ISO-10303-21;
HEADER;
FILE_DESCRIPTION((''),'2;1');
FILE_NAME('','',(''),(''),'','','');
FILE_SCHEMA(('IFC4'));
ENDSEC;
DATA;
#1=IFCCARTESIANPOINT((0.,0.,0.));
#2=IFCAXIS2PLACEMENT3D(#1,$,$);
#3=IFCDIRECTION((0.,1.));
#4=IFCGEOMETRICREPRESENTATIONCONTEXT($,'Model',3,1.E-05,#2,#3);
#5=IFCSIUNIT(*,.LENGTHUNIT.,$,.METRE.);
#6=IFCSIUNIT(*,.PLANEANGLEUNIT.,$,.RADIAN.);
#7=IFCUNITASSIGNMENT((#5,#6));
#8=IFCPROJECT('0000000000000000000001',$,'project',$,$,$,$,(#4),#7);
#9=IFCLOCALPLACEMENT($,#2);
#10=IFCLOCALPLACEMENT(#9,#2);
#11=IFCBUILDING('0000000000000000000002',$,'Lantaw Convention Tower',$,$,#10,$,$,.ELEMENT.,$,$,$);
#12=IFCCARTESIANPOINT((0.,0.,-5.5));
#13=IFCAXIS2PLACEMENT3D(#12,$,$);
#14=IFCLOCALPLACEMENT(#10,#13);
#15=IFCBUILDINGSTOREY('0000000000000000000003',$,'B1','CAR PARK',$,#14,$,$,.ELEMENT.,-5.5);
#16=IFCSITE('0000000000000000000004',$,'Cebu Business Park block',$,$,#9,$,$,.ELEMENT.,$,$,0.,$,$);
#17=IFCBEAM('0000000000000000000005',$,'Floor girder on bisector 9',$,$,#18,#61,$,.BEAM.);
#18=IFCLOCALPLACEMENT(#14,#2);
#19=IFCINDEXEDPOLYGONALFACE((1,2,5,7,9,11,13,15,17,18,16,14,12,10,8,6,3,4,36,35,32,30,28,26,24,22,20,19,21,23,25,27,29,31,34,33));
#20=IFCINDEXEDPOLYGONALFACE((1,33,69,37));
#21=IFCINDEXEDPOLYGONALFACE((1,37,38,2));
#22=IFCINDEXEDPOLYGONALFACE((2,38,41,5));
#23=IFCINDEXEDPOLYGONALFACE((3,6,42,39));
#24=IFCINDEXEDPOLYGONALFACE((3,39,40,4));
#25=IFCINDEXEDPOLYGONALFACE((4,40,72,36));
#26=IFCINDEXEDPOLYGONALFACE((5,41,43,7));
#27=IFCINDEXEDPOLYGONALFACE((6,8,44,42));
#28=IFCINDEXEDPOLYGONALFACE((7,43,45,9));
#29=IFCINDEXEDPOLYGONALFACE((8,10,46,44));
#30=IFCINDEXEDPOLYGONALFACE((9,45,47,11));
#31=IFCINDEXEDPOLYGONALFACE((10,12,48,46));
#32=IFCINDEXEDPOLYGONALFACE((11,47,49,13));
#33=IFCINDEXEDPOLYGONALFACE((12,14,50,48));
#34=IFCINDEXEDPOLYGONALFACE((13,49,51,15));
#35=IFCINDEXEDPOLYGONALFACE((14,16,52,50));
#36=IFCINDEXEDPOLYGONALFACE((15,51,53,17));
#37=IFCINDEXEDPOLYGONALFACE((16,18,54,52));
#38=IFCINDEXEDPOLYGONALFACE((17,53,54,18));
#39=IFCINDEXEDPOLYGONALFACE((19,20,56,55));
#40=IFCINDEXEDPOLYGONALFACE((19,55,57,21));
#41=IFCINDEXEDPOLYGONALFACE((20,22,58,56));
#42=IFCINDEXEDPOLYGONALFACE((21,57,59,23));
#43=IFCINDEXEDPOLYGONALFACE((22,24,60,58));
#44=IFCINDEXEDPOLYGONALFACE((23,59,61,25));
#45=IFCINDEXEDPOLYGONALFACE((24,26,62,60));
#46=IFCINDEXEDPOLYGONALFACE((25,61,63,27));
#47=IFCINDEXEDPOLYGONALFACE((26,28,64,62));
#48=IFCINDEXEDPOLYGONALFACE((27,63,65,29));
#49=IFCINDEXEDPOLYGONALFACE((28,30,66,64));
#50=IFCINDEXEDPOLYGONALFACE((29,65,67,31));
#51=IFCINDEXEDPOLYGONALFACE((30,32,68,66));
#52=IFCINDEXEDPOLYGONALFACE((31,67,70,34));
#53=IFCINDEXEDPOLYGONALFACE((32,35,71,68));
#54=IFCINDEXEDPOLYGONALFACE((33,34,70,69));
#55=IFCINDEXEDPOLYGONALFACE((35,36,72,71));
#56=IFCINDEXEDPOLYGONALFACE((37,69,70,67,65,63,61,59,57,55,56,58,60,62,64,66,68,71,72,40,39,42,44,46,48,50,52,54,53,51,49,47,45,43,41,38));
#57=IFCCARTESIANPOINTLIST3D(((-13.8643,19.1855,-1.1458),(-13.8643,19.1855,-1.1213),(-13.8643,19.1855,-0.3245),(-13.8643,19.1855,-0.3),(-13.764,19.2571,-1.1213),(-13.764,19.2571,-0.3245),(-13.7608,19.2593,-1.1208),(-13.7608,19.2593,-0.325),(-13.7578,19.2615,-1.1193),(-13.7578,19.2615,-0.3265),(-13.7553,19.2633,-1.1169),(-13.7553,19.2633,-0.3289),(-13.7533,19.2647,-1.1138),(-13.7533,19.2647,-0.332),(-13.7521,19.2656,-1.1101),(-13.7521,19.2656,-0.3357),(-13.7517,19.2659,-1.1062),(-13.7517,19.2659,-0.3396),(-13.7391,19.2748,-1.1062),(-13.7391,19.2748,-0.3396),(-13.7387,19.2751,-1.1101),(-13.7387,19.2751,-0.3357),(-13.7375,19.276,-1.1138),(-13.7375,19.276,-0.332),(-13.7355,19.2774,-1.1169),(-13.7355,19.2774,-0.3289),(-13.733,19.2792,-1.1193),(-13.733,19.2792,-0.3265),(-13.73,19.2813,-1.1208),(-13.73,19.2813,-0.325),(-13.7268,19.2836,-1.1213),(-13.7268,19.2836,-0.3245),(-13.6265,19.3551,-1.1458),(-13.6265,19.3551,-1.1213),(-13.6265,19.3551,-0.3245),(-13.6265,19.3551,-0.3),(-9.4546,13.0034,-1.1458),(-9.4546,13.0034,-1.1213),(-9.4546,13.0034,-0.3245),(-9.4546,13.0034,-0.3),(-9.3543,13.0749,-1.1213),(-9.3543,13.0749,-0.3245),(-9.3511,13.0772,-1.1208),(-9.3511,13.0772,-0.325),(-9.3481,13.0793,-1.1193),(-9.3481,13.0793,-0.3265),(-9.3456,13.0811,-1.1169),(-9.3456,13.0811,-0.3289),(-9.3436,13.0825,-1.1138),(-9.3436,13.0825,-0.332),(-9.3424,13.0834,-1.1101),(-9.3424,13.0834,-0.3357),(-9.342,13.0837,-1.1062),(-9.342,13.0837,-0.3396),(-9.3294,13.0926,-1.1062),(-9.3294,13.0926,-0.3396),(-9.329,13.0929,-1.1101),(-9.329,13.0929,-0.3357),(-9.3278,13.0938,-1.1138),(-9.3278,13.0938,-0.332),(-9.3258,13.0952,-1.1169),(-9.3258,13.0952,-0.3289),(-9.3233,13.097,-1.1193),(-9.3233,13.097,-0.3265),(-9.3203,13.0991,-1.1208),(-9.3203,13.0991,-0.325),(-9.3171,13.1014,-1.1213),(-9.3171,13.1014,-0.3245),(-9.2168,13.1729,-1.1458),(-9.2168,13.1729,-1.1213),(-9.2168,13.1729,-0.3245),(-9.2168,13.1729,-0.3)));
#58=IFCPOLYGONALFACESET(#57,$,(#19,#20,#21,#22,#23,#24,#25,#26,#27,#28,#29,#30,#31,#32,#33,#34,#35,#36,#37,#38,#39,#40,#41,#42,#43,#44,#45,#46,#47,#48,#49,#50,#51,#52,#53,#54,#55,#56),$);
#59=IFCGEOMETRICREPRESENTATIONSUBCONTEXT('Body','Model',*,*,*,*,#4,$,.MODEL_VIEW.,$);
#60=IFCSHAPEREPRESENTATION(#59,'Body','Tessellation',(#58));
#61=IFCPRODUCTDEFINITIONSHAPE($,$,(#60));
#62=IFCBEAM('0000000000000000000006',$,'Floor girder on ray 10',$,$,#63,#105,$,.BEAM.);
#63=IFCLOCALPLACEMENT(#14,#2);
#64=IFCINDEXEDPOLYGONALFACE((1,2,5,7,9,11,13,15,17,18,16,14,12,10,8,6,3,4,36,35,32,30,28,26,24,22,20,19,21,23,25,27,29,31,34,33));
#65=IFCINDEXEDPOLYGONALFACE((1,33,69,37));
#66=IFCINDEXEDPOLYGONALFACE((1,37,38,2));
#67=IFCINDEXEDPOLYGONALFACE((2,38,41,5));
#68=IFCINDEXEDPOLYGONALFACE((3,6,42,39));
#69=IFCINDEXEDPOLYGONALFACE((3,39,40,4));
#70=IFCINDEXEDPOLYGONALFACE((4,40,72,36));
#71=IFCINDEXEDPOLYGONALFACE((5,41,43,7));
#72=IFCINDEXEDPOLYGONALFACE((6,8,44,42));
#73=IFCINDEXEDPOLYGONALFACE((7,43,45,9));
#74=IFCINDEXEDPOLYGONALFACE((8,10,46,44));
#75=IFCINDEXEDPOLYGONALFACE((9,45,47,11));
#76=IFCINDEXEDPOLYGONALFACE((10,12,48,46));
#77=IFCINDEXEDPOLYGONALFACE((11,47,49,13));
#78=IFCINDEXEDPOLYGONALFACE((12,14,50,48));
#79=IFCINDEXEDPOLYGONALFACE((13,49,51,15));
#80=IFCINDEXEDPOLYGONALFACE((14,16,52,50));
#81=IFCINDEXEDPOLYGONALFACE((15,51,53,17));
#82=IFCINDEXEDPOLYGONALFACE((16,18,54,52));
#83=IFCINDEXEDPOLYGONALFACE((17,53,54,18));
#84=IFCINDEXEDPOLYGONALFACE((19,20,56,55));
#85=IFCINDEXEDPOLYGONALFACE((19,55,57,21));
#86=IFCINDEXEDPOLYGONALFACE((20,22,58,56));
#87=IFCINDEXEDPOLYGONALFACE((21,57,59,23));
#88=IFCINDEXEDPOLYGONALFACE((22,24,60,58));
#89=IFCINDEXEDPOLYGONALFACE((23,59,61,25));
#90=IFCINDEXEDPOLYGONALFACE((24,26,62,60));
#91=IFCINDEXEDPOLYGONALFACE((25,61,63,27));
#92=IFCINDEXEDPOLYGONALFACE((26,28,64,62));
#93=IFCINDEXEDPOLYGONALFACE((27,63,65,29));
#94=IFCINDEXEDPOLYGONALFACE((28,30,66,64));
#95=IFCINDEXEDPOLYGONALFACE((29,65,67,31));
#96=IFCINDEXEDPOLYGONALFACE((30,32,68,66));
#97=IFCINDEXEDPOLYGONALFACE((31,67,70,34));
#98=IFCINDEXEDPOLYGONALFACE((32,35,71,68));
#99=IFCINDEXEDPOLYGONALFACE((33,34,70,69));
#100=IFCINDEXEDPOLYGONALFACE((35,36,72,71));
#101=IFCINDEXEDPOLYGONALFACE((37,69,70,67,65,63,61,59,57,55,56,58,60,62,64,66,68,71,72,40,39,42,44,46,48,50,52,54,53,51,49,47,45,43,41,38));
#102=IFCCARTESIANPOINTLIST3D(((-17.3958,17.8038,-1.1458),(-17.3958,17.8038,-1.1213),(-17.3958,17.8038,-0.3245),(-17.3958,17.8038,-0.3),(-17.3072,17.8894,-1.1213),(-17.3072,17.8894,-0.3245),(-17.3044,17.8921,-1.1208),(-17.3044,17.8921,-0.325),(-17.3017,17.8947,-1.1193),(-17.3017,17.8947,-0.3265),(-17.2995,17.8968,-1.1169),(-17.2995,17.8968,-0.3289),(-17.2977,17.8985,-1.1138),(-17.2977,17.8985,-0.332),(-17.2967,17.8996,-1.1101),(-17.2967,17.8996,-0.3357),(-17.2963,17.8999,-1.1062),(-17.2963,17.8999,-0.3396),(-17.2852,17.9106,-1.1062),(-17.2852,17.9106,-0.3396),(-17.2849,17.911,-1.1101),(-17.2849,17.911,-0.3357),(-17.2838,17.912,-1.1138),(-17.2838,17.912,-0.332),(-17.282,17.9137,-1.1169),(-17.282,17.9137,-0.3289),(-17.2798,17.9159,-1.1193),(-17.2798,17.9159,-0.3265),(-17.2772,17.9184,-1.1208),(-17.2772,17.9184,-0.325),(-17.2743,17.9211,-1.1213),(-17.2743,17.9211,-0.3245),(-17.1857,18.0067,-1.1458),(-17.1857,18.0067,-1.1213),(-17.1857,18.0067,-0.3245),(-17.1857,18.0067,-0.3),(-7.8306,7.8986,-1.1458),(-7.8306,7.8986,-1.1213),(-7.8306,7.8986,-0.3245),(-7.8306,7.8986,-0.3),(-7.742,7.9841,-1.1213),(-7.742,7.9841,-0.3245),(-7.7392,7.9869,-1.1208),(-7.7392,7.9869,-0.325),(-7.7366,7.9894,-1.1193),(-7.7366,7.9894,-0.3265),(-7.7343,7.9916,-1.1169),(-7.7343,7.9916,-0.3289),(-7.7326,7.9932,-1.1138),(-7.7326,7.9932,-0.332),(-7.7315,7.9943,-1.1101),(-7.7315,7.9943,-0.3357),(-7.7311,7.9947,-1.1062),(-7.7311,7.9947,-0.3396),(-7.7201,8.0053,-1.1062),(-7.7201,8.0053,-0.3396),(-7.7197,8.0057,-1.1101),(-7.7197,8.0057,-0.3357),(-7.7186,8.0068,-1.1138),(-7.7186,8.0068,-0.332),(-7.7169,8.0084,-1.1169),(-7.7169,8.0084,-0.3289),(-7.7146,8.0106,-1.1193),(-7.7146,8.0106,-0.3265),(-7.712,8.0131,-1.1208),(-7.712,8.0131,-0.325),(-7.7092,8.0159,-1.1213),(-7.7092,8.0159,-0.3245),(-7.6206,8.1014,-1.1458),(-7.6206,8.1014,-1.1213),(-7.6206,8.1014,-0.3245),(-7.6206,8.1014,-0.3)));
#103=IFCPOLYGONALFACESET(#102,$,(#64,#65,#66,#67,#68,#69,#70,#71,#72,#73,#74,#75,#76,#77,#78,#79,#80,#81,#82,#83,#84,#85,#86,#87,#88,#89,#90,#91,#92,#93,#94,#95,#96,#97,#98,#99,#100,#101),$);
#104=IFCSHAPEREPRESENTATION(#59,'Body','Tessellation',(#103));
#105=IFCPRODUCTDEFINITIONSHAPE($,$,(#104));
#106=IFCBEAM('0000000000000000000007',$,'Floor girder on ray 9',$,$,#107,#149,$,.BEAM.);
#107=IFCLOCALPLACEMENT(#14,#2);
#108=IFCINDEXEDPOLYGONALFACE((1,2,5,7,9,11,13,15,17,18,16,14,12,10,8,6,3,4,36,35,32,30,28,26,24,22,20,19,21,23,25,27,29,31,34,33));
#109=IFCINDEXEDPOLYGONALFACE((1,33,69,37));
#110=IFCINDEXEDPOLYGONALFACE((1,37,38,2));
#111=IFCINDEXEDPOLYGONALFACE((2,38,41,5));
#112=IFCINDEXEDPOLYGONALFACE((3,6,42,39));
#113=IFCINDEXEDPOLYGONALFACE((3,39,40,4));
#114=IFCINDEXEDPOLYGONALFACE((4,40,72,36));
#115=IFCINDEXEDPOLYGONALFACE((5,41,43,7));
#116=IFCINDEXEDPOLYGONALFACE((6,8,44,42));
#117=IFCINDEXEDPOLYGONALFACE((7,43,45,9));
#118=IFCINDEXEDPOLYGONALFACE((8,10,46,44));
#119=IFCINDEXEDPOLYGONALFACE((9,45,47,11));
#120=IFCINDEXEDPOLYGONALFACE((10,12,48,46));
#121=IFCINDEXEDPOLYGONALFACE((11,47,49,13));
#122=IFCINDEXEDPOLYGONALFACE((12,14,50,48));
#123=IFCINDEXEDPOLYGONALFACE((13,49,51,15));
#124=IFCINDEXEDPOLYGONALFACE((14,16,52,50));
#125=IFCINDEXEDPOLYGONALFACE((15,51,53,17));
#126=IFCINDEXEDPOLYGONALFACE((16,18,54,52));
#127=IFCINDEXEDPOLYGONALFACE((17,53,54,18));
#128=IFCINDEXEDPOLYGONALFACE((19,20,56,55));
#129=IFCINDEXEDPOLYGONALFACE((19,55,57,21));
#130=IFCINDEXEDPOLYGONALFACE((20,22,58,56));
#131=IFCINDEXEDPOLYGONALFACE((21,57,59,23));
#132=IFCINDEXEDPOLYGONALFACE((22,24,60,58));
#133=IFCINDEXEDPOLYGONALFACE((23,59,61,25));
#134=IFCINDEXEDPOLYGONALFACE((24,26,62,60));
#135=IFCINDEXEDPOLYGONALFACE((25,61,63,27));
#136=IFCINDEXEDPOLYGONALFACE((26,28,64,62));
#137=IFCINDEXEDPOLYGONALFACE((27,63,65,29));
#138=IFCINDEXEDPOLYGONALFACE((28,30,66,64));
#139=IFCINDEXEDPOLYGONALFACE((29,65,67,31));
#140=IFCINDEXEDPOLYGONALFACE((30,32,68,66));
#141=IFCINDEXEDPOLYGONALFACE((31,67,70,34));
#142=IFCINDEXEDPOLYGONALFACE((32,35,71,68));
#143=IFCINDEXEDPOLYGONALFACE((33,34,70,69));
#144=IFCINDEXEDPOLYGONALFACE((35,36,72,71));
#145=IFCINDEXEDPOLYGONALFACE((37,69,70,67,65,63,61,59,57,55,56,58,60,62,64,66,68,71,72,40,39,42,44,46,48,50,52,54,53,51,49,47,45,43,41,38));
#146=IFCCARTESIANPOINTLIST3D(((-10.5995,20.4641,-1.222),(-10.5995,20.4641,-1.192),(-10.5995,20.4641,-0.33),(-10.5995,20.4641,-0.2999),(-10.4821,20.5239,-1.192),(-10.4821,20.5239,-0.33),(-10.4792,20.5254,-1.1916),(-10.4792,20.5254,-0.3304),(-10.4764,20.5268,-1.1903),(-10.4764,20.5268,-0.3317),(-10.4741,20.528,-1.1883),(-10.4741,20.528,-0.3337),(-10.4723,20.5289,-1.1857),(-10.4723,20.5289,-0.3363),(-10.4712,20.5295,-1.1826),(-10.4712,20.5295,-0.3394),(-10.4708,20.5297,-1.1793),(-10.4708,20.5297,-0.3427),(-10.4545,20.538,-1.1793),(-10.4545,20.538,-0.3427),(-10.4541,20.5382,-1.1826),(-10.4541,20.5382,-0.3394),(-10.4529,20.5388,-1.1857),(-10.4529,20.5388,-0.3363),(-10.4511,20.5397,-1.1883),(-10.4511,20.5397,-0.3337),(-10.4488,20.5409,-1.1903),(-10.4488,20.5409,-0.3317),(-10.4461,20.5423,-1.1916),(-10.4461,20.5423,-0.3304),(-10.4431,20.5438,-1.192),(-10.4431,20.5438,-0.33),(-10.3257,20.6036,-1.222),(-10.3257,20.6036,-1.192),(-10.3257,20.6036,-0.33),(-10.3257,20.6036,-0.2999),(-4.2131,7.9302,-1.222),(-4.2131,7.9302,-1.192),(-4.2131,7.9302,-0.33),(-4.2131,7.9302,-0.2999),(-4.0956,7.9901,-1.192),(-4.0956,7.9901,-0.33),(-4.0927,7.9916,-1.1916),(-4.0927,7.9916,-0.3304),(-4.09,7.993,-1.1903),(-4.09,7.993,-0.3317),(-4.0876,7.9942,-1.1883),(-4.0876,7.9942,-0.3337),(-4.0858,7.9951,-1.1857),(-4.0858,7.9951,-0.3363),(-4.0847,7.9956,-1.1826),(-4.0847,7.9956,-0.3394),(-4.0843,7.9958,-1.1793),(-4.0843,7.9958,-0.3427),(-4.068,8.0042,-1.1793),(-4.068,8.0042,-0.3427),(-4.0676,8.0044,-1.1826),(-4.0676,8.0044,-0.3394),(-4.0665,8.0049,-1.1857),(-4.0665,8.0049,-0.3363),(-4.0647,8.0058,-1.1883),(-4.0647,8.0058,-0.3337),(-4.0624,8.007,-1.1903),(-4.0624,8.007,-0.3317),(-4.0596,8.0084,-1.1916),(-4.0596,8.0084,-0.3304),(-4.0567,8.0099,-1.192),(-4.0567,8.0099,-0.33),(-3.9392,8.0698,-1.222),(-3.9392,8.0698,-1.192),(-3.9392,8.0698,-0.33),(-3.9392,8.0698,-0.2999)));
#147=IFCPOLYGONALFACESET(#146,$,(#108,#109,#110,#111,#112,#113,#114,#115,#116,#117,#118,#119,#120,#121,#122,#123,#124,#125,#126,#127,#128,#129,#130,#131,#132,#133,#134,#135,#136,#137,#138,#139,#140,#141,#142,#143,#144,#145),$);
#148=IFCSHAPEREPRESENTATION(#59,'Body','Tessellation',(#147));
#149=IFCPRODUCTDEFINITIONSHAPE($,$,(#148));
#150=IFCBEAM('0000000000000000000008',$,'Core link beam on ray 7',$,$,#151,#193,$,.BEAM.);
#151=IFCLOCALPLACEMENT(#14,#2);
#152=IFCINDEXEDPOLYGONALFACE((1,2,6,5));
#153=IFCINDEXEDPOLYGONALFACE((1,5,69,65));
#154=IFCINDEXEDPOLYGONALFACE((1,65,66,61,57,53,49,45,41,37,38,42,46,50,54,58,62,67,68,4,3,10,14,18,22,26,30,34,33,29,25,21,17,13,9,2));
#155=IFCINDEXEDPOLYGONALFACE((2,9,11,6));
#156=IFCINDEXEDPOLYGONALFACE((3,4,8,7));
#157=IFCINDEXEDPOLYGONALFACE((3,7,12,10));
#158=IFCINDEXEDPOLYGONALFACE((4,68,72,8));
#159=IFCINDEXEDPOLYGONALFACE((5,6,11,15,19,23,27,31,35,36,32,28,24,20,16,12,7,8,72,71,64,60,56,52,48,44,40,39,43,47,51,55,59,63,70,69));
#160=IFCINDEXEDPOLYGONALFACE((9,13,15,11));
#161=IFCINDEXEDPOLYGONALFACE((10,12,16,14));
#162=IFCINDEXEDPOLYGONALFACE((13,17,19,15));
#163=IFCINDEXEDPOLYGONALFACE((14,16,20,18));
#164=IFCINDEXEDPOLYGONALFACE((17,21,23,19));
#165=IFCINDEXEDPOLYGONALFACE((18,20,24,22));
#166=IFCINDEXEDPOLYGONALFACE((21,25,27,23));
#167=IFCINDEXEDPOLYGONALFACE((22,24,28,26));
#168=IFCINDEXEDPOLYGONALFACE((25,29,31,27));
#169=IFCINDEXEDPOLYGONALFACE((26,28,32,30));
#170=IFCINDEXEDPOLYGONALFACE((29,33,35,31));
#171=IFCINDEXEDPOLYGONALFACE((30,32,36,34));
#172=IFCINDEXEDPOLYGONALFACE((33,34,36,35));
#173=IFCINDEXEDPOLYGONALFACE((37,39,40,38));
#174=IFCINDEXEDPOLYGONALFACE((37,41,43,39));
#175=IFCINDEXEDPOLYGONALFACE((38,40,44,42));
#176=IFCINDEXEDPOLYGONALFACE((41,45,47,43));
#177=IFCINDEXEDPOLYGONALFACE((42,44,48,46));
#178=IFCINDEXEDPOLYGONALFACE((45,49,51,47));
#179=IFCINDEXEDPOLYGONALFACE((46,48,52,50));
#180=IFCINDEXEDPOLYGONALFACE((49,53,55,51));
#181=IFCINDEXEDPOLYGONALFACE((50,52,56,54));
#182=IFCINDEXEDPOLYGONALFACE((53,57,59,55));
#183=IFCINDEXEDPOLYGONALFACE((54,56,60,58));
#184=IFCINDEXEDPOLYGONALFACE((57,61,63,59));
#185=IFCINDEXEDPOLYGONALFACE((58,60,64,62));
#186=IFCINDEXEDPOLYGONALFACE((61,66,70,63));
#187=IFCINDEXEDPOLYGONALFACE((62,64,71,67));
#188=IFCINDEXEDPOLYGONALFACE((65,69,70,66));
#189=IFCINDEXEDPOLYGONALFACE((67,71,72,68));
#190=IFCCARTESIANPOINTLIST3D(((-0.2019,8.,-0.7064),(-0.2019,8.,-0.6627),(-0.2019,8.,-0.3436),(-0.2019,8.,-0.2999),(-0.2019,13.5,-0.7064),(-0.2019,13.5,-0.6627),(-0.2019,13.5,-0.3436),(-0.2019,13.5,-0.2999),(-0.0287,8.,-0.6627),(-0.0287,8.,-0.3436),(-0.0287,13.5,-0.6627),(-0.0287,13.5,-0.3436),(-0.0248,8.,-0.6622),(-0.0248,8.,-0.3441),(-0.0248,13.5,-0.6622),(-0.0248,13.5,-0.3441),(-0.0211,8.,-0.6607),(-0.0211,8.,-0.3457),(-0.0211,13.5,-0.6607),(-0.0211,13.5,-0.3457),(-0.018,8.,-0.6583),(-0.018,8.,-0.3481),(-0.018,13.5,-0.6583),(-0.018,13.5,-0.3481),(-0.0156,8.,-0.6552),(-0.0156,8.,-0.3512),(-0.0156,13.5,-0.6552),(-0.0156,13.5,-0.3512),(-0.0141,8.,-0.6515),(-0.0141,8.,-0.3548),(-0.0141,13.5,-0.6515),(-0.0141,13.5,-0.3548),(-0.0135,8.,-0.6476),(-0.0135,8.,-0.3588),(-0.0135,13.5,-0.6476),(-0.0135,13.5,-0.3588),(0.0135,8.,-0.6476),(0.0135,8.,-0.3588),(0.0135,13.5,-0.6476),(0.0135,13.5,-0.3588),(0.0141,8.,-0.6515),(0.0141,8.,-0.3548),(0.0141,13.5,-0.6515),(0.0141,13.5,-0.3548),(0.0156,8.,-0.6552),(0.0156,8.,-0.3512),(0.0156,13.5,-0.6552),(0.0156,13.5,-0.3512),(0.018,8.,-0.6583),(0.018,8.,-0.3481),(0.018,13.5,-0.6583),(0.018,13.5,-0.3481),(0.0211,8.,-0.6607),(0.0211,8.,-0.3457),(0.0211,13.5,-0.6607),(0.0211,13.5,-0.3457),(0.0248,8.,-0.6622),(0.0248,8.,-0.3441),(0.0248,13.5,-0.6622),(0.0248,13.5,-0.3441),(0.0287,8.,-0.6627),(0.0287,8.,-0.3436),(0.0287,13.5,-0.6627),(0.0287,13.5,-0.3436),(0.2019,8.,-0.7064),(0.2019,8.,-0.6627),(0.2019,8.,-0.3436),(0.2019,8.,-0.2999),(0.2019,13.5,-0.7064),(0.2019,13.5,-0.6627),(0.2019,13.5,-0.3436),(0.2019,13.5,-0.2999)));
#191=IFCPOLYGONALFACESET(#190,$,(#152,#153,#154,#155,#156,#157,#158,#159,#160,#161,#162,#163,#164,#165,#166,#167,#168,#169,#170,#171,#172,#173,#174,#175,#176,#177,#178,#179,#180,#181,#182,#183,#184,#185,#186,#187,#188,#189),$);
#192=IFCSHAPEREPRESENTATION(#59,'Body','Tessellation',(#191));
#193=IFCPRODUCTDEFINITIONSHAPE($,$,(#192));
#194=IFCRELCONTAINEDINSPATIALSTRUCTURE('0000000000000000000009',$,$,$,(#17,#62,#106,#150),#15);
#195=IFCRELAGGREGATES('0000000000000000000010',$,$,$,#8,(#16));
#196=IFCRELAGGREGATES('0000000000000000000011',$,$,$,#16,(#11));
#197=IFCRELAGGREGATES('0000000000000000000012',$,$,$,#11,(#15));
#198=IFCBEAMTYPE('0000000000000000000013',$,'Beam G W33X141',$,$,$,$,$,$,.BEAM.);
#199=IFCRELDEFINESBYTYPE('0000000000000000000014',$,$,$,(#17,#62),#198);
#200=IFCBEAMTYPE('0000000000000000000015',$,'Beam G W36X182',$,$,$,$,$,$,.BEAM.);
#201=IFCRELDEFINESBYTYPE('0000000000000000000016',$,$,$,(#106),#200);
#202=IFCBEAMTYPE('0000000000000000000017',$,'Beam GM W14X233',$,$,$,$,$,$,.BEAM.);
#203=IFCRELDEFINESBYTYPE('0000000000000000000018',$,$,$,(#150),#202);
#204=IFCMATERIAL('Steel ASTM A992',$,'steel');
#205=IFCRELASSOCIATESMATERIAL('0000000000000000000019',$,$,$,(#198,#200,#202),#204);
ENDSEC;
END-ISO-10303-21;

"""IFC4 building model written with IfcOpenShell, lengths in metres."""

from ifc_helpers import new_model, si_unit, direction, frame, origin, origin_2d, place, context, subcontext, project, spatial, i_section, extrude, material, material_profile, profile_set, type_object, element, save


model = new_model("IFC4")

# Units and contexts
model_context = context("Model", 3, precision=1e-05, world=origin(), true_north=direction((0.0, 1.0)))
body_context = subcontext(model_context, "Body", "Model", "MODEL_VIEW")
ifc_project = project(units=[si_unit("LENGTHUNIT", "METRE"), si_unit("PLANEANGLEUNIT", "RADIAN")], contexts=[model_context])

# Site, building, storey
site_placement = place(None, origin())
site = spatial("IfcSite", under=ifc_project, at=site_placement, Name="Cebu Business Park block", CompositionType="ELEMENT", RefElevation=0.0)
building_placement = place(site_placement, origin())
building = spatial("IfcBuilding", under=site, at=building_placement, Name="Lantaw Convention Tower", CompositionType="ELEMENT")
storey_placement = place(building_placement, frame((0.0, 0.0, -5.5)))
storey = spatial("IfcBuildingStorey", under=building, at=storey_placement, Name="B1", Description="CAR PARK", CompositionType="ELEMENT", Elevation=-5.5)

# Beams
ifc_material_1 = material(Name="Steel ASTM A992", Category="steel")
ifc_material_profile_1 = material_profile(ifc_material_1, i_section(OverallWidth=0.292, OverallDepth=0.8457, WebThickness=0.0154, FlangeThickness=0.0244, FilletRadius=0.0151, at=origin_2d()), Name="W33X141")
ifc_profile_set_1 = profile_set([ifc_material_profile_1], Name="Steel ASTM A992")
beam_type_1 = type_object("IfcBeamType", Name="Beam G W33X141", PredefinedType="BEAM", material=ifc_profile_set_1)
beam_1_placement = place(storey_placement, frame((-9.3357, 13.0881, -0.7229), z_axis=(-0.580703, 0.814116, 0.0), x_axis=(-0.814116, -0.580703, 0.0)))
element("IfcBeam", 1, at=beam_1_placement, inside=storey, type_object=beam_type_1, Name="Floor girder on bisector 9", PredefinedType="BEAM", context=body_context, shape_type="SweptSolid", body=[
    extrude(i_section(OverallWidth=0.292, OverallDepth=0.8457, WebThickness=0.0154, FlangeThickness=0.0244, FilletRadius=0.0151, at=origin_2d()), origin(), (0.0, 0.0, 1.0), 7.5938),
])
beam_2_placement = place(storey_placement, frame((-7.7256, 8.0, -0.7229), z_axis=(-0.69465, 0.719348, 0.0), x_axis=(-0.719348, -0.69465, 0.0)))
element("IfcBeam", 2, at=beam_2_placement, inside=storey, type_object=beam_type_1, Name="Floor girder on ray 10", PredefinedType="BEAM", context=body_context, shape_type="SweptSolid", body=[
    extrude(i_section(OverallWidth=0.292, OverallDepth=0.8457, WebThickness=0.0154, FlangeThickness=0.0244, FilletRadius=0.0151, at=origin_2d()), origin(), (0.0, 0.0, 1.0), 13.7698),
])
ifc_material_profile_2 = material_profile(ifc_material_1, i_section(OverallWidth=0.3074, OverallDepth=0.9221, WebThickness=0.0183, FlangeThickness=0.03, FilletRadius=0.0127, at=origin_2d()), Name="W36X182")
ifc_profile_set_2 = profile_set([ifc_material_profile_2], Name="Steel ASTM A992")
beam_type_2 = type_object("IfcBeamType", Name="Beam G W36X182", PredefinedType="BEAM", material=ifc_profile_set_2)
beam_3_placement = place(storey_placement, frame((-4.0762, 8.0, -0.761), z_axis=(-0.453997, 0.891003, 0.0), x_axis=(-0.891003, -0.453997, 0.0)))
element("IfcBeam", 3, at=beam_3_placement, inside=storey, type_object=beam_type_2, Name="Floor girder on ray 9", PredefinedType="BEAM", context=body_context, shape_type="SweptSolid", body=[
    extrude(i_section(OverallWidth=0.3074, OverallDepth=0.9221, WebThickness=0.0183, FlangeThickness=0.03, FilletRadius=0.0127, at=origin_2d()), origin(), (0.0, 0.0, 1.0), 14.0671),
])
ifc_material_profile_3 = material_profile(ifc_material_1, i_section(OverallWidth=0.4038, OverallDepth=0.4065, WebThickness=0.0271, FlangeThickness=0.0437, FilletRadius=0.0151, at=origin_2d()), Name="W14X233")
ifc_profile_set_3 = profile_set([ifc_material_profile_3], Name="Steel ASTM A992")
beam_type_3 = type_object("IfcBeamType", Name="Beam GM W14X233", PredefinedType="BEAM", material=ifc_profile_set_3)
beam_4_placement = place(storey_placement, frame((0.0, 8.0, -0.5032), z_axis=(0.0, 1.0, 0.0), x_axis=(-1.0, 0.0, 0.0)))
element("IfcBeam", 4, at=beam_4_placement, inside=storey, type_object=beam_type_3, Name="Core link beam on ray 7", PredefinedType="BEAM", context=body_context, shape_type="SweptSolid", body=[
    extrude(i_section(OverallWidth=0.4038, OverallDepth=0.4065, WebThickness=0.0271, FlangeThickness=0.0437, FilletRadius=0.0151, at=origin_2d()), origin(), (0.0, 0.0, 1.0), 5.5),
])

save(model, "model.ifc")
